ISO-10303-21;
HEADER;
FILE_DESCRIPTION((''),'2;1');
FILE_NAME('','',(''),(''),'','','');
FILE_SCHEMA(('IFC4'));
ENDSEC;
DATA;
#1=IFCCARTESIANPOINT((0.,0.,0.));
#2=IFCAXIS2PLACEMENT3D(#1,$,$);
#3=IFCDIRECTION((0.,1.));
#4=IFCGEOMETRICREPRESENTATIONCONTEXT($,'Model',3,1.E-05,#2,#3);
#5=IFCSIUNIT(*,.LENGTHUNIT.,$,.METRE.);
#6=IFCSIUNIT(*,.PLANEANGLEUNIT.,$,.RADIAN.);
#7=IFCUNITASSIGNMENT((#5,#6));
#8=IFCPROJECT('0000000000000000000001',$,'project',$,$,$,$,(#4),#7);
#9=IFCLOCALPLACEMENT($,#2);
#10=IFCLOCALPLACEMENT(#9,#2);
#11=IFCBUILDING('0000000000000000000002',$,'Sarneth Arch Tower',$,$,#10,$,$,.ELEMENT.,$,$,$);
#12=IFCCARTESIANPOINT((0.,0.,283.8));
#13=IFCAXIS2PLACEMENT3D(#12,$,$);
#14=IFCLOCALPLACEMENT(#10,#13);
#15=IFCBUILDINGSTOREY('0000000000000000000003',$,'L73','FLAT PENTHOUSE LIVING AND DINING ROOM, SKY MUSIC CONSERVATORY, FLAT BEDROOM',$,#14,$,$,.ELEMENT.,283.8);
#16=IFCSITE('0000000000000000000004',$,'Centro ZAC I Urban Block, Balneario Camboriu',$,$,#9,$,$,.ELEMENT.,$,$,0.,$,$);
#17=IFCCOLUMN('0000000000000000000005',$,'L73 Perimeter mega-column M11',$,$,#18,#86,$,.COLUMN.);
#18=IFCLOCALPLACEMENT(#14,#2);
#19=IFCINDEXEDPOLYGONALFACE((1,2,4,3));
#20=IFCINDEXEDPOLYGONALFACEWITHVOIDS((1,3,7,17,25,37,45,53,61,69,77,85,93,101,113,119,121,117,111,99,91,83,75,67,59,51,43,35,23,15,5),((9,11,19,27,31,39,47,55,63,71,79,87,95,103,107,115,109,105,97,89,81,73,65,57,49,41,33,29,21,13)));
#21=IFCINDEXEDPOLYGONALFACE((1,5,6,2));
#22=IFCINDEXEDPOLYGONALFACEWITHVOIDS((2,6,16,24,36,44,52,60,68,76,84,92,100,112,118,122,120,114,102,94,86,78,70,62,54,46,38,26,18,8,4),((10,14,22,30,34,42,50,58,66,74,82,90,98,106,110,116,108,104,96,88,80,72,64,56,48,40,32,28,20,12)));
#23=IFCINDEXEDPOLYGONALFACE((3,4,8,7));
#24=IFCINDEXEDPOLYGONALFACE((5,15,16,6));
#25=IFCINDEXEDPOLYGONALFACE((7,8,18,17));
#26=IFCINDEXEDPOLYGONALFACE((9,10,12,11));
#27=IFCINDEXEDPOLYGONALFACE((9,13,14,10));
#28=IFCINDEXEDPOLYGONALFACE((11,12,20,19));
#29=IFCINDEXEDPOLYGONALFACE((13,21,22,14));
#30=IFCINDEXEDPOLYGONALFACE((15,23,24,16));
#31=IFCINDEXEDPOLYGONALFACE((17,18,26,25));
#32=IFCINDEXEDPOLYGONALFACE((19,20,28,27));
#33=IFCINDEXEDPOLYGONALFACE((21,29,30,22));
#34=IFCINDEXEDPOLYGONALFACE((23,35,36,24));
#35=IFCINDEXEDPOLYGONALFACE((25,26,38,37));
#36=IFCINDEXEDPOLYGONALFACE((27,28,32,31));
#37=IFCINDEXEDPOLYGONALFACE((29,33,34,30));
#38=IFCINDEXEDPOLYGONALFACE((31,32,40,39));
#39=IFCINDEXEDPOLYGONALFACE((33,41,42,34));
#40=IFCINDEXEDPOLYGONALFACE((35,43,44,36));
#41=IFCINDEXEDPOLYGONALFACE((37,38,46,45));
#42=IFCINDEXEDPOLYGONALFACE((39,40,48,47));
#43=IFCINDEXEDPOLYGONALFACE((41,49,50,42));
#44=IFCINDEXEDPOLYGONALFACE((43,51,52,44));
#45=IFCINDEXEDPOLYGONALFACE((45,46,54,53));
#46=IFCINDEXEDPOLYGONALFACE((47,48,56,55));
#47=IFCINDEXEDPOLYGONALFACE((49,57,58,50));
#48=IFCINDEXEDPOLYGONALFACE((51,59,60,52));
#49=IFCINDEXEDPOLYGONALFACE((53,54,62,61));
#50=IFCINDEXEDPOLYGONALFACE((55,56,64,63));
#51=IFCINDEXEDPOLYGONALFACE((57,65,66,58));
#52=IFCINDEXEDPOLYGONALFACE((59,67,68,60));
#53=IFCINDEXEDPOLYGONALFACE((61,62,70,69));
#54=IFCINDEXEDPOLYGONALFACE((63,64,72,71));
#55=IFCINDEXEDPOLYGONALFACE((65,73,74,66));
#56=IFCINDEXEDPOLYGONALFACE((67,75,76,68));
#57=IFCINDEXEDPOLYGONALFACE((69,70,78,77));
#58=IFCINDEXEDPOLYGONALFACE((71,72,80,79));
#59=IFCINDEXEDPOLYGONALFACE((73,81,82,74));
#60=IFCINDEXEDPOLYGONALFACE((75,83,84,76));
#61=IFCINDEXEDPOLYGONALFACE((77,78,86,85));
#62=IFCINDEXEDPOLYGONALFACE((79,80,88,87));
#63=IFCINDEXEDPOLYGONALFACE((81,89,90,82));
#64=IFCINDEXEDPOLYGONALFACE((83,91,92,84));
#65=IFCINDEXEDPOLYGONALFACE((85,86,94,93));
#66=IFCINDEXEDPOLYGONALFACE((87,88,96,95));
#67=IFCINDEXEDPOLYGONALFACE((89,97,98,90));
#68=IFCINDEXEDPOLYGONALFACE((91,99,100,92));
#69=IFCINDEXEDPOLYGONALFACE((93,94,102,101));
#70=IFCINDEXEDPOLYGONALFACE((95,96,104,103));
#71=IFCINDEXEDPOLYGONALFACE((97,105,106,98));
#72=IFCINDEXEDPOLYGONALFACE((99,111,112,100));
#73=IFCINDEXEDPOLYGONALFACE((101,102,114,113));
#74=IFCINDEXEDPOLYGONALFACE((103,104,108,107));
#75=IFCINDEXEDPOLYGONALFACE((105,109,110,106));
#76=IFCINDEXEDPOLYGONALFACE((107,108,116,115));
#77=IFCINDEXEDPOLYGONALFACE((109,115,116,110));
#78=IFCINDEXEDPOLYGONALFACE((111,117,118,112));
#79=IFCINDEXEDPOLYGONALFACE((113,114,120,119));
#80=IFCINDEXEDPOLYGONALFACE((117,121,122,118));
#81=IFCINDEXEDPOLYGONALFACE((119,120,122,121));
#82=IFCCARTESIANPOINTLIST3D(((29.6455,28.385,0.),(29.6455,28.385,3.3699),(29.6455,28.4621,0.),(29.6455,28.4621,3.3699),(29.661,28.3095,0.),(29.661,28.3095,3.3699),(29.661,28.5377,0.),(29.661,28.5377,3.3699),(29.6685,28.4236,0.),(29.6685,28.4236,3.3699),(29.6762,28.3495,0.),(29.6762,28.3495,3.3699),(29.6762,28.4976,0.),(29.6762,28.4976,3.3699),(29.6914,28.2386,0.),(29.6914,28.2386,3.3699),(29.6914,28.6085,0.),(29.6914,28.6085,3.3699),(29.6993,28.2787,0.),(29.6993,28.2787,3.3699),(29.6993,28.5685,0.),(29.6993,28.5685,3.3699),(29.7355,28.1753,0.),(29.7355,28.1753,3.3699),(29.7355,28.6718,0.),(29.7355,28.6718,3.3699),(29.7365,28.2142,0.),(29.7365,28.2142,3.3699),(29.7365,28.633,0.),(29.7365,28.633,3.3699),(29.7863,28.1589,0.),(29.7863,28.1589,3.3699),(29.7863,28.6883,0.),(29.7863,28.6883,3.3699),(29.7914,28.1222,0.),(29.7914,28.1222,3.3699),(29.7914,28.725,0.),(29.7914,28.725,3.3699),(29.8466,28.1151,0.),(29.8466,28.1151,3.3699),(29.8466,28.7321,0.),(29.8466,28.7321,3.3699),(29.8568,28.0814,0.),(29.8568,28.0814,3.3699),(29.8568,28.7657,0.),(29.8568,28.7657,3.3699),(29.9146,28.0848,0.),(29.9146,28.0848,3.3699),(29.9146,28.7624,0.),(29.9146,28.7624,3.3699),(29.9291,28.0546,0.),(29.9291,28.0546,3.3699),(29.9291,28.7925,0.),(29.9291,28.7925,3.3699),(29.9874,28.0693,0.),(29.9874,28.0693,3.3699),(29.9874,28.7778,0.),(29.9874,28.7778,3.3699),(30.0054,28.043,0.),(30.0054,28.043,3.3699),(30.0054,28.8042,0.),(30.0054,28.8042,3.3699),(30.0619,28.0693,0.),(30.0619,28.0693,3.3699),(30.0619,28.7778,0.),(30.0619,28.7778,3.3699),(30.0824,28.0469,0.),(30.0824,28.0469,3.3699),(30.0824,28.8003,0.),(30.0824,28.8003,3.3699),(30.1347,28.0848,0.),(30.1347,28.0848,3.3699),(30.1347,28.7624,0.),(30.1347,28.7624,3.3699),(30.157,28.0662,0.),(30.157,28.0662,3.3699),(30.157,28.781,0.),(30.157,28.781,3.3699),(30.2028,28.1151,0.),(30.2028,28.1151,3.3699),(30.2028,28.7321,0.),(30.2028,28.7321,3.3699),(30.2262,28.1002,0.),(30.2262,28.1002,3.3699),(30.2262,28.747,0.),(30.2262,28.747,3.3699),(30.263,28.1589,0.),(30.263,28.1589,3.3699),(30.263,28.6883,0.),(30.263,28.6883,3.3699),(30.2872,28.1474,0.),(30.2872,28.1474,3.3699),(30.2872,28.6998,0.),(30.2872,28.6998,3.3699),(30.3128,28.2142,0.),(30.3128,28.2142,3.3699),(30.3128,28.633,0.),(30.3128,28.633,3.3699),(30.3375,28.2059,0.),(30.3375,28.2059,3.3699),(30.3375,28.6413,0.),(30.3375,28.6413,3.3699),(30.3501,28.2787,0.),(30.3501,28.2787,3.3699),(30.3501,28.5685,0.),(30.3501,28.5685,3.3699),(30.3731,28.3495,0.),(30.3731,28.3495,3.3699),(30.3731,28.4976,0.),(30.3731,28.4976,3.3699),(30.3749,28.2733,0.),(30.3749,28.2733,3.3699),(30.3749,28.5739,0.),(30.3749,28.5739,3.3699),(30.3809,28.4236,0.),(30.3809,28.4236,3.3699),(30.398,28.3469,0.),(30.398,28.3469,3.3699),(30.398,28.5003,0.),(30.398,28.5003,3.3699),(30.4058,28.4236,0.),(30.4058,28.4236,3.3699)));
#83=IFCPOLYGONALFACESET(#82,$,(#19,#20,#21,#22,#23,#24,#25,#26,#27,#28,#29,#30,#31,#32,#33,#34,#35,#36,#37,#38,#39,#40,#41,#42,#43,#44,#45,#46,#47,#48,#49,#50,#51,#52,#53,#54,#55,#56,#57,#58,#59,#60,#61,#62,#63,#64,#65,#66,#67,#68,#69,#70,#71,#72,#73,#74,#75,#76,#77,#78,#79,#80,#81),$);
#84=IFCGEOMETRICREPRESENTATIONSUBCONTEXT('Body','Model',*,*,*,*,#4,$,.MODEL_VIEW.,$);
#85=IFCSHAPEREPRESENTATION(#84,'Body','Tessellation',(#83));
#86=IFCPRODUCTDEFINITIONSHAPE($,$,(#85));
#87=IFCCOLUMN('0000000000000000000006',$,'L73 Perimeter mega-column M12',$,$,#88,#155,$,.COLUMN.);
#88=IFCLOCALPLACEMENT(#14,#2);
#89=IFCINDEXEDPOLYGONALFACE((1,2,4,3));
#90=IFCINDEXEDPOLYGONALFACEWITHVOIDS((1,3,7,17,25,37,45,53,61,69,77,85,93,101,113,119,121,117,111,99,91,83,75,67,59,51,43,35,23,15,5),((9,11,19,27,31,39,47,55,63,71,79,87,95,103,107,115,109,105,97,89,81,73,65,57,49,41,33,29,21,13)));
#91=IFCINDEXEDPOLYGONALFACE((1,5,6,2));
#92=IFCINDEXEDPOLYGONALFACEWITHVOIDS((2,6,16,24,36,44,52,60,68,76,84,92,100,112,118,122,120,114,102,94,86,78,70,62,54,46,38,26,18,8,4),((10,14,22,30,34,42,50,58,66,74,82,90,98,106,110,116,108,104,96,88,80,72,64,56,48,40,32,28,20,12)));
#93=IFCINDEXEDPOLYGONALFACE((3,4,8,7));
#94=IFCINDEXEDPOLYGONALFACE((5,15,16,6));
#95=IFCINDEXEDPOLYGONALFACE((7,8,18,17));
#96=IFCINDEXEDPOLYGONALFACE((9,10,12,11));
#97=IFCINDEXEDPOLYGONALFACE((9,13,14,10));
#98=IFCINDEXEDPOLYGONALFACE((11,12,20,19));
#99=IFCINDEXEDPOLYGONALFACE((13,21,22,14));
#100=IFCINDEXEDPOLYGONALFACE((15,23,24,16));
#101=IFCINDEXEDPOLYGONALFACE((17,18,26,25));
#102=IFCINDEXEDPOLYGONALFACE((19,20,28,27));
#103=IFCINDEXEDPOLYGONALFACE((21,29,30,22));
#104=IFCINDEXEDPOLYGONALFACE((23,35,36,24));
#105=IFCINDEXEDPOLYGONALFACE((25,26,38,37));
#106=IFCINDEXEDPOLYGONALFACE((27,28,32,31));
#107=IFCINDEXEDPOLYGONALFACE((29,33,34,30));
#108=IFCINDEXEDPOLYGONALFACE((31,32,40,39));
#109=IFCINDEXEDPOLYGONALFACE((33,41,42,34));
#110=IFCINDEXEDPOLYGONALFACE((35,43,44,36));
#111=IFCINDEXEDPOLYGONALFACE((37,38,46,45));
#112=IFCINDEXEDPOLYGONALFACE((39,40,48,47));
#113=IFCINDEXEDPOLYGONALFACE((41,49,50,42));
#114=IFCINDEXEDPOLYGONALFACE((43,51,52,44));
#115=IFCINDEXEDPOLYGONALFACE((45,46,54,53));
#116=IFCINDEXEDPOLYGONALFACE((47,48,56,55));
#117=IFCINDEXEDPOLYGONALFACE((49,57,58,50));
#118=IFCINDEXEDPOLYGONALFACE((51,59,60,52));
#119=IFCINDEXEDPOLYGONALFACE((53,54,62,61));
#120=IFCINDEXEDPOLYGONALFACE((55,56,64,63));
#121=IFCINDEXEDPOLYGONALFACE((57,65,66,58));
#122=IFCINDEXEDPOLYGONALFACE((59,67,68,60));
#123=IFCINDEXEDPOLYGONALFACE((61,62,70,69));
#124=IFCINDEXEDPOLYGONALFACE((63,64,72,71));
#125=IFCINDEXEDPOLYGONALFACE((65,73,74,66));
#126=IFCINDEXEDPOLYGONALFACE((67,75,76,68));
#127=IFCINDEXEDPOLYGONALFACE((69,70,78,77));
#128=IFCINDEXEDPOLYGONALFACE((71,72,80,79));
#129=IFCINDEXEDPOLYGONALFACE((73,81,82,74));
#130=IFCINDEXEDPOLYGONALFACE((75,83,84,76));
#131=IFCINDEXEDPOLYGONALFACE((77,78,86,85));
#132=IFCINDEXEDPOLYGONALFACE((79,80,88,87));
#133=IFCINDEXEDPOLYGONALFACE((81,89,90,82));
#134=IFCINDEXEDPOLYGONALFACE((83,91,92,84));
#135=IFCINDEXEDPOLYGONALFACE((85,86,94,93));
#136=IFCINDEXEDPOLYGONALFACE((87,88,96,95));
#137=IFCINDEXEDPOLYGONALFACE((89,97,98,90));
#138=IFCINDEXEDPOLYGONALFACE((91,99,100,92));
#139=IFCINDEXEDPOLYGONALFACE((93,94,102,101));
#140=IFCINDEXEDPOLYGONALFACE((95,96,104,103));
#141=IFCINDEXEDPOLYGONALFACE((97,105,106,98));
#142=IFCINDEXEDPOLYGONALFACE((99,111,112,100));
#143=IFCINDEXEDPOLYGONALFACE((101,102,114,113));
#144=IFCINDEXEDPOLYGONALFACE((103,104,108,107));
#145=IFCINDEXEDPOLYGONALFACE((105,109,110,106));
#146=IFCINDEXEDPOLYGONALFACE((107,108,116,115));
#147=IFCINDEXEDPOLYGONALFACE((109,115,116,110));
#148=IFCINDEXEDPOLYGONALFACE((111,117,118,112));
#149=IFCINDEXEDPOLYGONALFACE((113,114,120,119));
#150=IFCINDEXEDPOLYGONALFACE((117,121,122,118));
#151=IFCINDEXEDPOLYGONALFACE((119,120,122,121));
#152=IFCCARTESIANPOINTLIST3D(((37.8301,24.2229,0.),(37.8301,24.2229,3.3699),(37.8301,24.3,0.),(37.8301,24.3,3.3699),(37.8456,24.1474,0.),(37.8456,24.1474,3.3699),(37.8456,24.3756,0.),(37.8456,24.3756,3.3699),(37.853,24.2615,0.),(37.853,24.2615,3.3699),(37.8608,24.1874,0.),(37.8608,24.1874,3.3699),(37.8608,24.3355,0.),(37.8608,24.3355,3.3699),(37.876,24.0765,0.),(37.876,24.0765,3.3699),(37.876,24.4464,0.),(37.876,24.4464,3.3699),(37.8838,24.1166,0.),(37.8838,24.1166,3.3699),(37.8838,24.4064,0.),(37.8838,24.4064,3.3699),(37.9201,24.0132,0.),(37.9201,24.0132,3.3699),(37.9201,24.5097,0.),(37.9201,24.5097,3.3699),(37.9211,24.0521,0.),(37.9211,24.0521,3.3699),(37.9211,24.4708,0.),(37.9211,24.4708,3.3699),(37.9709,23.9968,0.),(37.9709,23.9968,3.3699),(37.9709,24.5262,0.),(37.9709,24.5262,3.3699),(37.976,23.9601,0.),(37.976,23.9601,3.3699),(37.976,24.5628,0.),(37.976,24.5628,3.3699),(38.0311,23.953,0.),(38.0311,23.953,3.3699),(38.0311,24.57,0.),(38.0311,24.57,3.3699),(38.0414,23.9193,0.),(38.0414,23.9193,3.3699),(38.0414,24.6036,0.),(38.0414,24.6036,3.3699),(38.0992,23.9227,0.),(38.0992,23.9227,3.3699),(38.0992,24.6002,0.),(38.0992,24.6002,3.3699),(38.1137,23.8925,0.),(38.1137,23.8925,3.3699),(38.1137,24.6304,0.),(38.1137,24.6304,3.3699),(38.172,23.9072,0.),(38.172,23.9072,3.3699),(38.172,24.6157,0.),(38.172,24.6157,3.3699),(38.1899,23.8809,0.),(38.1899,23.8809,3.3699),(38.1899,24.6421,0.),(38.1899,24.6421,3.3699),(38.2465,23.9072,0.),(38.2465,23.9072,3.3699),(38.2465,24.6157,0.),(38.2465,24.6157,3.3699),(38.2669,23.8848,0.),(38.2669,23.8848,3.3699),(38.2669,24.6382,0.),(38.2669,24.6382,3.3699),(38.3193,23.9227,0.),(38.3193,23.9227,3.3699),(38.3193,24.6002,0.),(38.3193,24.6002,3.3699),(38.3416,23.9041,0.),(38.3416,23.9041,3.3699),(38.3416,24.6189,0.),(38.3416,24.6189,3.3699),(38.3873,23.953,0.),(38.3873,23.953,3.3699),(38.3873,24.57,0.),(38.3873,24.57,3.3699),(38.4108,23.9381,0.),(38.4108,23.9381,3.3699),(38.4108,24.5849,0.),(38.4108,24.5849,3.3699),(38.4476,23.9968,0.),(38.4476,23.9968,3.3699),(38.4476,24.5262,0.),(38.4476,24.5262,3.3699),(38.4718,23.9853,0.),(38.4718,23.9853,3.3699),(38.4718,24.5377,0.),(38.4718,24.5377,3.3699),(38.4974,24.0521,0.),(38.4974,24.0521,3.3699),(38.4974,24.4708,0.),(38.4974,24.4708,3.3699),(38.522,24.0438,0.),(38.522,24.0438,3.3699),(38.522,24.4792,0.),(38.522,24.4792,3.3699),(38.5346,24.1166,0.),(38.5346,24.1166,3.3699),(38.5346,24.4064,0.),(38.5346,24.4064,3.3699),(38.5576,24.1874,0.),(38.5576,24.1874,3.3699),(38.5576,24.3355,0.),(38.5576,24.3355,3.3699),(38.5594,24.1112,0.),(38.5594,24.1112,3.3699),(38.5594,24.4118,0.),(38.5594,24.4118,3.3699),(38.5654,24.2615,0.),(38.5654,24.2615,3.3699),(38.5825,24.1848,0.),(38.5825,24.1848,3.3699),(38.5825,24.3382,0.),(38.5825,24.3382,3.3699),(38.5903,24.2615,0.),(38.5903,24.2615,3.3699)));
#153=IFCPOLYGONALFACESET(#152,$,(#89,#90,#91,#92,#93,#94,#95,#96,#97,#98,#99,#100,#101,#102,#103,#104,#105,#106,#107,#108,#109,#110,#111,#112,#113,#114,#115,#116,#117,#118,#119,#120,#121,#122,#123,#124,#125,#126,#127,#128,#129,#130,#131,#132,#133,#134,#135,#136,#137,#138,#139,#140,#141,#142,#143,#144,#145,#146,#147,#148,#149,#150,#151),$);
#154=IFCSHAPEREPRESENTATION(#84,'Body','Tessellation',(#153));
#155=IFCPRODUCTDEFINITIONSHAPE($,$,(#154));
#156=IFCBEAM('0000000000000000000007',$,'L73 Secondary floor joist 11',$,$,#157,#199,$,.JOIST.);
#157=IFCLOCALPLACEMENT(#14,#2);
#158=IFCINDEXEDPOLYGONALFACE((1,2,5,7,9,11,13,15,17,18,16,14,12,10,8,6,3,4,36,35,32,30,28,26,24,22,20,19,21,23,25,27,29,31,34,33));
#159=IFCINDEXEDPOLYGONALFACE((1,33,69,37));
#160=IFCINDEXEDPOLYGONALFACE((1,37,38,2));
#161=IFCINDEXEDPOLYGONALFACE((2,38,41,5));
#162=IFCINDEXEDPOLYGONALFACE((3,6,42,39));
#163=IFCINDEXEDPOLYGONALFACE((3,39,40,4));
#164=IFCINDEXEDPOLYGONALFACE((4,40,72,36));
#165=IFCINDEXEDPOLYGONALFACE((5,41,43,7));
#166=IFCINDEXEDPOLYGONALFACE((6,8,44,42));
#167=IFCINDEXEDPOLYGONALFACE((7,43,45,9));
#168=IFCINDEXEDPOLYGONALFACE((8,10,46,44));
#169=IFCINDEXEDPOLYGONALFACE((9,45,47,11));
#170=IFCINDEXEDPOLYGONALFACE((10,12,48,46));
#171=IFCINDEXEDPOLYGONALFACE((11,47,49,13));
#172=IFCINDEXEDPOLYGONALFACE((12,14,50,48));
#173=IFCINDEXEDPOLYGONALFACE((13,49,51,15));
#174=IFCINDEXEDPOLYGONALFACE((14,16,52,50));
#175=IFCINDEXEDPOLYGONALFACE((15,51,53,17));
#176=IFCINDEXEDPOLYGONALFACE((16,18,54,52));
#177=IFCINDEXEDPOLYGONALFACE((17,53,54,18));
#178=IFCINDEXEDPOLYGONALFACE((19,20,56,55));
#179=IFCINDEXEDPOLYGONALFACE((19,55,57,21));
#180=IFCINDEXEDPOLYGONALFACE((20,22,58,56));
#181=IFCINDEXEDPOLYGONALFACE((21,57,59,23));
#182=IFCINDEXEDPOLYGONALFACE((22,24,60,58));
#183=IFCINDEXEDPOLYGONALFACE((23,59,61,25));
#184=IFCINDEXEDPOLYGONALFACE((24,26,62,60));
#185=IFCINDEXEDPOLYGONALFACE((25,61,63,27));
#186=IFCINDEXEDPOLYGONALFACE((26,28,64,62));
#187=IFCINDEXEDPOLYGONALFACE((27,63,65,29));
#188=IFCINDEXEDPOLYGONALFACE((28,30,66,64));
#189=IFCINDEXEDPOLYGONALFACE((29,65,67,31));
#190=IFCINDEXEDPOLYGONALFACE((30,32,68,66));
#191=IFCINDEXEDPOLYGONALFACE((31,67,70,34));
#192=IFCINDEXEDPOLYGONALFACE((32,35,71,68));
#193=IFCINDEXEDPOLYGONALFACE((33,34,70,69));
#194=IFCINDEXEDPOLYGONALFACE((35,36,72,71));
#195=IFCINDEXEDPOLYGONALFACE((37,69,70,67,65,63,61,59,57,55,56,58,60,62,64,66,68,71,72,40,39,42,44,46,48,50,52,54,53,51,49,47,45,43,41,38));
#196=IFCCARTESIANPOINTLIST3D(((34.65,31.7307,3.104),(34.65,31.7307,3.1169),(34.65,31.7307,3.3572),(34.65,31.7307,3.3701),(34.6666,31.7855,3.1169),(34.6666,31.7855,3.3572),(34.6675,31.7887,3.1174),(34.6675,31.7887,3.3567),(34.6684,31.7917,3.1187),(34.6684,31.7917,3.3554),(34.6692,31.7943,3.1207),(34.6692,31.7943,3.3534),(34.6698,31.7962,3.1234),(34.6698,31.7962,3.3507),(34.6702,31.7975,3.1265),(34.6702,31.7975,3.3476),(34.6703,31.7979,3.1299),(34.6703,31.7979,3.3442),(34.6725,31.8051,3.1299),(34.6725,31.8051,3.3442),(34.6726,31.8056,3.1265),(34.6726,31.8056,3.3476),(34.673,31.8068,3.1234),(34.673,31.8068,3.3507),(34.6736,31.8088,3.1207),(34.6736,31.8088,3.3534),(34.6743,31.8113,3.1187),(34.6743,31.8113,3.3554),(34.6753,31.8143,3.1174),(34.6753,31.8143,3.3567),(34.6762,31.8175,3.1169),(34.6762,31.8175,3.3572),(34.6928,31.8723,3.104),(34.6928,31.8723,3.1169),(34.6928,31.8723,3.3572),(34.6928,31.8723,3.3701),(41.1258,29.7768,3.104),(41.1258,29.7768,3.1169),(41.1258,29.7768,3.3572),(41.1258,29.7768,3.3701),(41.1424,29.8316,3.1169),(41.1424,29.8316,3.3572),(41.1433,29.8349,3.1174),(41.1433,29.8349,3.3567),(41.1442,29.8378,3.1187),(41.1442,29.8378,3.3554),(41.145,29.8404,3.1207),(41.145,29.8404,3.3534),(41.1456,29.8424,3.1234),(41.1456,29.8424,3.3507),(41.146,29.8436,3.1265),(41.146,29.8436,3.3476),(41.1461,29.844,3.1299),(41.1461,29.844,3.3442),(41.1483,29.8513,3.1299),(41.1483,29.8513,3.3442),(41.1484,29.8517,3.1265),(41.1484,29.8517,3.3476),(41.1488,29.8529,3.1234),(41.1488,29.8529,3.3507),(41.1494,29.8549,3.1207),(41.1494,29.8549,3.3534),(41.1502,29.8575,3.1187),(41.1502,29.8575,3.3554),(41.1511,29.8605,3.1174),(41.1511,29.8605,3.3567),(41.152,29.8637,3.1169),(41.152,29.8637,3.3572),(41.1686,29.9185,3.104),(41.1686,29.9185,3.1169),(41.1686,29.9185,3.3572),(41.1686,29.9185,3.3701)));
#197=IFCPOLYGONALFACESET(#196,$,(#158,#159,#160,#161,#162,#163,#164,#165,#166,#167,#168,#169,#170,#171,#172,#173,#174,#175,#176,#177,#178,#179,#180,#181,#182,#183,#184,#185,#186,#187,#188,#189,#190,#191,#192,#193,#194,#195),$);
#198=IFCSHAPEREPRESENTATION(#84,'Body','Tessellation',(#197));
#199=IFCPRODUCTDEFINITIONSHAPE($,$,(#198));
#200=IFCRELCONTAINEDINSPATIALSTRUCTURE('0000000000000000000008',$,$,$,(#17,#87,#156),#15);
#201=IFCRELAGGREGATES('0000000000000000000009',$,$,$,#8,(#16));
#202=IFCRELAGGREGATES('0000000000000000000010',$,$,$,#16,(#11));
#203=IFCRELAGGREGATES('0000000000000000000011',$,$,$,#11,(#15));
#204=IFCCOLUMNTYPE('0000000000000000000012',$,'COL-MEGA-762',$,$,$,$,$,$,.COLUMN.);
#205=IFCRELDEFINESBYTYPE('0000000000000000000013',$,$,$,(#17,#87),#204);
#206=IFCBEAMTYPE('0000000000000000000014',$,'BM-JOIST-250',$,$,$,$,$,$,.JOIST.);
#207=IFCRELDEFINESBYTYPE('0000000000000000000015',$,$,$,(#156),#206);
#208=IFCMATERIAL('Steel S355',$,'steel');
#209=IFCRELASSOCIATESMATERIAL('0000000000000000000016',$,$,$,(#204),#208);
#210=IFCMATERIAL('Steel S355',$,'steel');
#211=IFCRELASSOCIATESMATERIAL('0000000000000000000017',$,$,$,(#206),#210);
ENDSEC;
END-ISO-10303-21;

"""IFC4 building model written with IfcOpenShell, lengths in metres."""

from ifc_helpers import new_model, si_unit, direction, frame, origin, origin_2d, place, context, subcontext, project, spatial, hollow_circle, i_section, extrude, material, material_profile, profile_set, type_object, element, save


model = new_model("IFC4")

# Units and contexts
model_context = context("Model", 3, precision=1e-05, world=origin(), true_north=direction((0.0, 1.0)))
body_context = subcontext(model_context, "Body", "Model", "MODEL_VIEW")
ifc_project = project(units=[si_unit("LENGTHUNIT", "METRE"), si_unit("PLANEANGLEUNIT", "RADIAN")], contexts=[model_context])

# Site, building, storey
site_placement = place(None, origin())
site = spatial("IfcSite", under=ifc_project, at=site_placement, Name="Centro ZAC I Urban Block, Balneario Camboriu", CompositionType="ELEMENT", RefElevation=0.0)
building_placement = place(site_placement, origin())
building = spatial("IfcBuilding", under=site, at=building_placement, Name="Sarneth Arch Tower", CompositionType="ELEMENT")
storey_placement = place(building_placement, frame((0.0, 0.0, 283.8)))
storey = spatial("IfcBuildingStorey", under=building, at=storey_placement, Name="L73", Description="FLAT PENTHOUSE LIVING AND DINING ROOM, SKY MUSIC CONSERVATORY, FLAT BEDROOM", CompositionType="ELEMENT", Elevation=283.8)

# Columns
ifc_material_1 = material(Name="Steel S355", Category="steel")
ifc_material_profile_1 = material_profile(ifc_material_1, hollow_circle(Radius=0.3811, WallThickness=0.0249, at=origin_2d()), Name="CHS762x25")
ifc_profile_set_1 = profile_set([ifc_material_profile_1], Name="Steel S355")
column_type = type_object("IfcColumnType", Name="COL-MEGA-762", PredefinedType="COLUMN", material=ifc_profile_set_1)
for number, where, z_axis, x_axis, name in (
    (1, (30.0247, 28.4236, 0.0), (0.0, 0.0, 1.0), (1.0, 0.0, 0.0), "L73 Perimeter mega-column M11"),
    (2, (38.2092, 24.2615, 0.0), (0.0, 0.0, 1.0), (1.0, 0.0, 0.0), "L73 Perimeter mega-column M12"),
):
    element("IfcColumn", number, at=place(storey_placement, frame(where, z_axis=z_axis, x_axis=x_axis)), inside=storey, type_object=column_type, Name=name, PredefinedType="COLUMN", context=body_context, shape_type="SweptSolid", body=[
        extrude(hollow_circle(Radius=0.3811, WallThickness=0.0249, at=origin_2d()), origin(), (0.0, 0.0, 1.0), 3.3699),
    ])

# Beam
ifc_material_2 = material(Name="Steel S355", Category="steel")
ifc_material_profile_2 = material_profile(ifc_material_2, i_section(OverallWidth=0.1479, OverallDepth=0.2661, WebThickness=0.0076, FlangeThickness=0.0129, FilletRadius=0.0129, at=origin_2d()), Name="W250x44.8")
ifc_profile_set_2 = profile_set([ifc_material_profile_2], Name="Steel S355")
beam_type_1 = type_object("IfcBeamType", Name="BM-JOIST-250", PredefinedType="JOIST", material=ifc_profile_set_2)
beam_1_placement = place(storey_placement, frame((34.6714, 31.8015, 3.2371), z_axis=(0.957373, -0.288854, 0.0), x_axis=(0.288854, 0.957373, 0.0)))
element("IfcBeam", 3, at=beam_1_placement, inside=storey, type_object=beam_type_1, Name="L73 Secondary floor joist 11", PredefinedType="JOIST", context=body_context, shape_type="SweptSolid", body=[
    extrude(i_section(OverallWidth=0.1479, OverallDepth=0.2661, WebThickness=0.0076, FlangeThickness=0.0129, FilletRadius=0.0129, at=origin_2d()), origin(), (0.0, 0.0, 1.0), 6.7642),
])

save(model, "model.ifc")
